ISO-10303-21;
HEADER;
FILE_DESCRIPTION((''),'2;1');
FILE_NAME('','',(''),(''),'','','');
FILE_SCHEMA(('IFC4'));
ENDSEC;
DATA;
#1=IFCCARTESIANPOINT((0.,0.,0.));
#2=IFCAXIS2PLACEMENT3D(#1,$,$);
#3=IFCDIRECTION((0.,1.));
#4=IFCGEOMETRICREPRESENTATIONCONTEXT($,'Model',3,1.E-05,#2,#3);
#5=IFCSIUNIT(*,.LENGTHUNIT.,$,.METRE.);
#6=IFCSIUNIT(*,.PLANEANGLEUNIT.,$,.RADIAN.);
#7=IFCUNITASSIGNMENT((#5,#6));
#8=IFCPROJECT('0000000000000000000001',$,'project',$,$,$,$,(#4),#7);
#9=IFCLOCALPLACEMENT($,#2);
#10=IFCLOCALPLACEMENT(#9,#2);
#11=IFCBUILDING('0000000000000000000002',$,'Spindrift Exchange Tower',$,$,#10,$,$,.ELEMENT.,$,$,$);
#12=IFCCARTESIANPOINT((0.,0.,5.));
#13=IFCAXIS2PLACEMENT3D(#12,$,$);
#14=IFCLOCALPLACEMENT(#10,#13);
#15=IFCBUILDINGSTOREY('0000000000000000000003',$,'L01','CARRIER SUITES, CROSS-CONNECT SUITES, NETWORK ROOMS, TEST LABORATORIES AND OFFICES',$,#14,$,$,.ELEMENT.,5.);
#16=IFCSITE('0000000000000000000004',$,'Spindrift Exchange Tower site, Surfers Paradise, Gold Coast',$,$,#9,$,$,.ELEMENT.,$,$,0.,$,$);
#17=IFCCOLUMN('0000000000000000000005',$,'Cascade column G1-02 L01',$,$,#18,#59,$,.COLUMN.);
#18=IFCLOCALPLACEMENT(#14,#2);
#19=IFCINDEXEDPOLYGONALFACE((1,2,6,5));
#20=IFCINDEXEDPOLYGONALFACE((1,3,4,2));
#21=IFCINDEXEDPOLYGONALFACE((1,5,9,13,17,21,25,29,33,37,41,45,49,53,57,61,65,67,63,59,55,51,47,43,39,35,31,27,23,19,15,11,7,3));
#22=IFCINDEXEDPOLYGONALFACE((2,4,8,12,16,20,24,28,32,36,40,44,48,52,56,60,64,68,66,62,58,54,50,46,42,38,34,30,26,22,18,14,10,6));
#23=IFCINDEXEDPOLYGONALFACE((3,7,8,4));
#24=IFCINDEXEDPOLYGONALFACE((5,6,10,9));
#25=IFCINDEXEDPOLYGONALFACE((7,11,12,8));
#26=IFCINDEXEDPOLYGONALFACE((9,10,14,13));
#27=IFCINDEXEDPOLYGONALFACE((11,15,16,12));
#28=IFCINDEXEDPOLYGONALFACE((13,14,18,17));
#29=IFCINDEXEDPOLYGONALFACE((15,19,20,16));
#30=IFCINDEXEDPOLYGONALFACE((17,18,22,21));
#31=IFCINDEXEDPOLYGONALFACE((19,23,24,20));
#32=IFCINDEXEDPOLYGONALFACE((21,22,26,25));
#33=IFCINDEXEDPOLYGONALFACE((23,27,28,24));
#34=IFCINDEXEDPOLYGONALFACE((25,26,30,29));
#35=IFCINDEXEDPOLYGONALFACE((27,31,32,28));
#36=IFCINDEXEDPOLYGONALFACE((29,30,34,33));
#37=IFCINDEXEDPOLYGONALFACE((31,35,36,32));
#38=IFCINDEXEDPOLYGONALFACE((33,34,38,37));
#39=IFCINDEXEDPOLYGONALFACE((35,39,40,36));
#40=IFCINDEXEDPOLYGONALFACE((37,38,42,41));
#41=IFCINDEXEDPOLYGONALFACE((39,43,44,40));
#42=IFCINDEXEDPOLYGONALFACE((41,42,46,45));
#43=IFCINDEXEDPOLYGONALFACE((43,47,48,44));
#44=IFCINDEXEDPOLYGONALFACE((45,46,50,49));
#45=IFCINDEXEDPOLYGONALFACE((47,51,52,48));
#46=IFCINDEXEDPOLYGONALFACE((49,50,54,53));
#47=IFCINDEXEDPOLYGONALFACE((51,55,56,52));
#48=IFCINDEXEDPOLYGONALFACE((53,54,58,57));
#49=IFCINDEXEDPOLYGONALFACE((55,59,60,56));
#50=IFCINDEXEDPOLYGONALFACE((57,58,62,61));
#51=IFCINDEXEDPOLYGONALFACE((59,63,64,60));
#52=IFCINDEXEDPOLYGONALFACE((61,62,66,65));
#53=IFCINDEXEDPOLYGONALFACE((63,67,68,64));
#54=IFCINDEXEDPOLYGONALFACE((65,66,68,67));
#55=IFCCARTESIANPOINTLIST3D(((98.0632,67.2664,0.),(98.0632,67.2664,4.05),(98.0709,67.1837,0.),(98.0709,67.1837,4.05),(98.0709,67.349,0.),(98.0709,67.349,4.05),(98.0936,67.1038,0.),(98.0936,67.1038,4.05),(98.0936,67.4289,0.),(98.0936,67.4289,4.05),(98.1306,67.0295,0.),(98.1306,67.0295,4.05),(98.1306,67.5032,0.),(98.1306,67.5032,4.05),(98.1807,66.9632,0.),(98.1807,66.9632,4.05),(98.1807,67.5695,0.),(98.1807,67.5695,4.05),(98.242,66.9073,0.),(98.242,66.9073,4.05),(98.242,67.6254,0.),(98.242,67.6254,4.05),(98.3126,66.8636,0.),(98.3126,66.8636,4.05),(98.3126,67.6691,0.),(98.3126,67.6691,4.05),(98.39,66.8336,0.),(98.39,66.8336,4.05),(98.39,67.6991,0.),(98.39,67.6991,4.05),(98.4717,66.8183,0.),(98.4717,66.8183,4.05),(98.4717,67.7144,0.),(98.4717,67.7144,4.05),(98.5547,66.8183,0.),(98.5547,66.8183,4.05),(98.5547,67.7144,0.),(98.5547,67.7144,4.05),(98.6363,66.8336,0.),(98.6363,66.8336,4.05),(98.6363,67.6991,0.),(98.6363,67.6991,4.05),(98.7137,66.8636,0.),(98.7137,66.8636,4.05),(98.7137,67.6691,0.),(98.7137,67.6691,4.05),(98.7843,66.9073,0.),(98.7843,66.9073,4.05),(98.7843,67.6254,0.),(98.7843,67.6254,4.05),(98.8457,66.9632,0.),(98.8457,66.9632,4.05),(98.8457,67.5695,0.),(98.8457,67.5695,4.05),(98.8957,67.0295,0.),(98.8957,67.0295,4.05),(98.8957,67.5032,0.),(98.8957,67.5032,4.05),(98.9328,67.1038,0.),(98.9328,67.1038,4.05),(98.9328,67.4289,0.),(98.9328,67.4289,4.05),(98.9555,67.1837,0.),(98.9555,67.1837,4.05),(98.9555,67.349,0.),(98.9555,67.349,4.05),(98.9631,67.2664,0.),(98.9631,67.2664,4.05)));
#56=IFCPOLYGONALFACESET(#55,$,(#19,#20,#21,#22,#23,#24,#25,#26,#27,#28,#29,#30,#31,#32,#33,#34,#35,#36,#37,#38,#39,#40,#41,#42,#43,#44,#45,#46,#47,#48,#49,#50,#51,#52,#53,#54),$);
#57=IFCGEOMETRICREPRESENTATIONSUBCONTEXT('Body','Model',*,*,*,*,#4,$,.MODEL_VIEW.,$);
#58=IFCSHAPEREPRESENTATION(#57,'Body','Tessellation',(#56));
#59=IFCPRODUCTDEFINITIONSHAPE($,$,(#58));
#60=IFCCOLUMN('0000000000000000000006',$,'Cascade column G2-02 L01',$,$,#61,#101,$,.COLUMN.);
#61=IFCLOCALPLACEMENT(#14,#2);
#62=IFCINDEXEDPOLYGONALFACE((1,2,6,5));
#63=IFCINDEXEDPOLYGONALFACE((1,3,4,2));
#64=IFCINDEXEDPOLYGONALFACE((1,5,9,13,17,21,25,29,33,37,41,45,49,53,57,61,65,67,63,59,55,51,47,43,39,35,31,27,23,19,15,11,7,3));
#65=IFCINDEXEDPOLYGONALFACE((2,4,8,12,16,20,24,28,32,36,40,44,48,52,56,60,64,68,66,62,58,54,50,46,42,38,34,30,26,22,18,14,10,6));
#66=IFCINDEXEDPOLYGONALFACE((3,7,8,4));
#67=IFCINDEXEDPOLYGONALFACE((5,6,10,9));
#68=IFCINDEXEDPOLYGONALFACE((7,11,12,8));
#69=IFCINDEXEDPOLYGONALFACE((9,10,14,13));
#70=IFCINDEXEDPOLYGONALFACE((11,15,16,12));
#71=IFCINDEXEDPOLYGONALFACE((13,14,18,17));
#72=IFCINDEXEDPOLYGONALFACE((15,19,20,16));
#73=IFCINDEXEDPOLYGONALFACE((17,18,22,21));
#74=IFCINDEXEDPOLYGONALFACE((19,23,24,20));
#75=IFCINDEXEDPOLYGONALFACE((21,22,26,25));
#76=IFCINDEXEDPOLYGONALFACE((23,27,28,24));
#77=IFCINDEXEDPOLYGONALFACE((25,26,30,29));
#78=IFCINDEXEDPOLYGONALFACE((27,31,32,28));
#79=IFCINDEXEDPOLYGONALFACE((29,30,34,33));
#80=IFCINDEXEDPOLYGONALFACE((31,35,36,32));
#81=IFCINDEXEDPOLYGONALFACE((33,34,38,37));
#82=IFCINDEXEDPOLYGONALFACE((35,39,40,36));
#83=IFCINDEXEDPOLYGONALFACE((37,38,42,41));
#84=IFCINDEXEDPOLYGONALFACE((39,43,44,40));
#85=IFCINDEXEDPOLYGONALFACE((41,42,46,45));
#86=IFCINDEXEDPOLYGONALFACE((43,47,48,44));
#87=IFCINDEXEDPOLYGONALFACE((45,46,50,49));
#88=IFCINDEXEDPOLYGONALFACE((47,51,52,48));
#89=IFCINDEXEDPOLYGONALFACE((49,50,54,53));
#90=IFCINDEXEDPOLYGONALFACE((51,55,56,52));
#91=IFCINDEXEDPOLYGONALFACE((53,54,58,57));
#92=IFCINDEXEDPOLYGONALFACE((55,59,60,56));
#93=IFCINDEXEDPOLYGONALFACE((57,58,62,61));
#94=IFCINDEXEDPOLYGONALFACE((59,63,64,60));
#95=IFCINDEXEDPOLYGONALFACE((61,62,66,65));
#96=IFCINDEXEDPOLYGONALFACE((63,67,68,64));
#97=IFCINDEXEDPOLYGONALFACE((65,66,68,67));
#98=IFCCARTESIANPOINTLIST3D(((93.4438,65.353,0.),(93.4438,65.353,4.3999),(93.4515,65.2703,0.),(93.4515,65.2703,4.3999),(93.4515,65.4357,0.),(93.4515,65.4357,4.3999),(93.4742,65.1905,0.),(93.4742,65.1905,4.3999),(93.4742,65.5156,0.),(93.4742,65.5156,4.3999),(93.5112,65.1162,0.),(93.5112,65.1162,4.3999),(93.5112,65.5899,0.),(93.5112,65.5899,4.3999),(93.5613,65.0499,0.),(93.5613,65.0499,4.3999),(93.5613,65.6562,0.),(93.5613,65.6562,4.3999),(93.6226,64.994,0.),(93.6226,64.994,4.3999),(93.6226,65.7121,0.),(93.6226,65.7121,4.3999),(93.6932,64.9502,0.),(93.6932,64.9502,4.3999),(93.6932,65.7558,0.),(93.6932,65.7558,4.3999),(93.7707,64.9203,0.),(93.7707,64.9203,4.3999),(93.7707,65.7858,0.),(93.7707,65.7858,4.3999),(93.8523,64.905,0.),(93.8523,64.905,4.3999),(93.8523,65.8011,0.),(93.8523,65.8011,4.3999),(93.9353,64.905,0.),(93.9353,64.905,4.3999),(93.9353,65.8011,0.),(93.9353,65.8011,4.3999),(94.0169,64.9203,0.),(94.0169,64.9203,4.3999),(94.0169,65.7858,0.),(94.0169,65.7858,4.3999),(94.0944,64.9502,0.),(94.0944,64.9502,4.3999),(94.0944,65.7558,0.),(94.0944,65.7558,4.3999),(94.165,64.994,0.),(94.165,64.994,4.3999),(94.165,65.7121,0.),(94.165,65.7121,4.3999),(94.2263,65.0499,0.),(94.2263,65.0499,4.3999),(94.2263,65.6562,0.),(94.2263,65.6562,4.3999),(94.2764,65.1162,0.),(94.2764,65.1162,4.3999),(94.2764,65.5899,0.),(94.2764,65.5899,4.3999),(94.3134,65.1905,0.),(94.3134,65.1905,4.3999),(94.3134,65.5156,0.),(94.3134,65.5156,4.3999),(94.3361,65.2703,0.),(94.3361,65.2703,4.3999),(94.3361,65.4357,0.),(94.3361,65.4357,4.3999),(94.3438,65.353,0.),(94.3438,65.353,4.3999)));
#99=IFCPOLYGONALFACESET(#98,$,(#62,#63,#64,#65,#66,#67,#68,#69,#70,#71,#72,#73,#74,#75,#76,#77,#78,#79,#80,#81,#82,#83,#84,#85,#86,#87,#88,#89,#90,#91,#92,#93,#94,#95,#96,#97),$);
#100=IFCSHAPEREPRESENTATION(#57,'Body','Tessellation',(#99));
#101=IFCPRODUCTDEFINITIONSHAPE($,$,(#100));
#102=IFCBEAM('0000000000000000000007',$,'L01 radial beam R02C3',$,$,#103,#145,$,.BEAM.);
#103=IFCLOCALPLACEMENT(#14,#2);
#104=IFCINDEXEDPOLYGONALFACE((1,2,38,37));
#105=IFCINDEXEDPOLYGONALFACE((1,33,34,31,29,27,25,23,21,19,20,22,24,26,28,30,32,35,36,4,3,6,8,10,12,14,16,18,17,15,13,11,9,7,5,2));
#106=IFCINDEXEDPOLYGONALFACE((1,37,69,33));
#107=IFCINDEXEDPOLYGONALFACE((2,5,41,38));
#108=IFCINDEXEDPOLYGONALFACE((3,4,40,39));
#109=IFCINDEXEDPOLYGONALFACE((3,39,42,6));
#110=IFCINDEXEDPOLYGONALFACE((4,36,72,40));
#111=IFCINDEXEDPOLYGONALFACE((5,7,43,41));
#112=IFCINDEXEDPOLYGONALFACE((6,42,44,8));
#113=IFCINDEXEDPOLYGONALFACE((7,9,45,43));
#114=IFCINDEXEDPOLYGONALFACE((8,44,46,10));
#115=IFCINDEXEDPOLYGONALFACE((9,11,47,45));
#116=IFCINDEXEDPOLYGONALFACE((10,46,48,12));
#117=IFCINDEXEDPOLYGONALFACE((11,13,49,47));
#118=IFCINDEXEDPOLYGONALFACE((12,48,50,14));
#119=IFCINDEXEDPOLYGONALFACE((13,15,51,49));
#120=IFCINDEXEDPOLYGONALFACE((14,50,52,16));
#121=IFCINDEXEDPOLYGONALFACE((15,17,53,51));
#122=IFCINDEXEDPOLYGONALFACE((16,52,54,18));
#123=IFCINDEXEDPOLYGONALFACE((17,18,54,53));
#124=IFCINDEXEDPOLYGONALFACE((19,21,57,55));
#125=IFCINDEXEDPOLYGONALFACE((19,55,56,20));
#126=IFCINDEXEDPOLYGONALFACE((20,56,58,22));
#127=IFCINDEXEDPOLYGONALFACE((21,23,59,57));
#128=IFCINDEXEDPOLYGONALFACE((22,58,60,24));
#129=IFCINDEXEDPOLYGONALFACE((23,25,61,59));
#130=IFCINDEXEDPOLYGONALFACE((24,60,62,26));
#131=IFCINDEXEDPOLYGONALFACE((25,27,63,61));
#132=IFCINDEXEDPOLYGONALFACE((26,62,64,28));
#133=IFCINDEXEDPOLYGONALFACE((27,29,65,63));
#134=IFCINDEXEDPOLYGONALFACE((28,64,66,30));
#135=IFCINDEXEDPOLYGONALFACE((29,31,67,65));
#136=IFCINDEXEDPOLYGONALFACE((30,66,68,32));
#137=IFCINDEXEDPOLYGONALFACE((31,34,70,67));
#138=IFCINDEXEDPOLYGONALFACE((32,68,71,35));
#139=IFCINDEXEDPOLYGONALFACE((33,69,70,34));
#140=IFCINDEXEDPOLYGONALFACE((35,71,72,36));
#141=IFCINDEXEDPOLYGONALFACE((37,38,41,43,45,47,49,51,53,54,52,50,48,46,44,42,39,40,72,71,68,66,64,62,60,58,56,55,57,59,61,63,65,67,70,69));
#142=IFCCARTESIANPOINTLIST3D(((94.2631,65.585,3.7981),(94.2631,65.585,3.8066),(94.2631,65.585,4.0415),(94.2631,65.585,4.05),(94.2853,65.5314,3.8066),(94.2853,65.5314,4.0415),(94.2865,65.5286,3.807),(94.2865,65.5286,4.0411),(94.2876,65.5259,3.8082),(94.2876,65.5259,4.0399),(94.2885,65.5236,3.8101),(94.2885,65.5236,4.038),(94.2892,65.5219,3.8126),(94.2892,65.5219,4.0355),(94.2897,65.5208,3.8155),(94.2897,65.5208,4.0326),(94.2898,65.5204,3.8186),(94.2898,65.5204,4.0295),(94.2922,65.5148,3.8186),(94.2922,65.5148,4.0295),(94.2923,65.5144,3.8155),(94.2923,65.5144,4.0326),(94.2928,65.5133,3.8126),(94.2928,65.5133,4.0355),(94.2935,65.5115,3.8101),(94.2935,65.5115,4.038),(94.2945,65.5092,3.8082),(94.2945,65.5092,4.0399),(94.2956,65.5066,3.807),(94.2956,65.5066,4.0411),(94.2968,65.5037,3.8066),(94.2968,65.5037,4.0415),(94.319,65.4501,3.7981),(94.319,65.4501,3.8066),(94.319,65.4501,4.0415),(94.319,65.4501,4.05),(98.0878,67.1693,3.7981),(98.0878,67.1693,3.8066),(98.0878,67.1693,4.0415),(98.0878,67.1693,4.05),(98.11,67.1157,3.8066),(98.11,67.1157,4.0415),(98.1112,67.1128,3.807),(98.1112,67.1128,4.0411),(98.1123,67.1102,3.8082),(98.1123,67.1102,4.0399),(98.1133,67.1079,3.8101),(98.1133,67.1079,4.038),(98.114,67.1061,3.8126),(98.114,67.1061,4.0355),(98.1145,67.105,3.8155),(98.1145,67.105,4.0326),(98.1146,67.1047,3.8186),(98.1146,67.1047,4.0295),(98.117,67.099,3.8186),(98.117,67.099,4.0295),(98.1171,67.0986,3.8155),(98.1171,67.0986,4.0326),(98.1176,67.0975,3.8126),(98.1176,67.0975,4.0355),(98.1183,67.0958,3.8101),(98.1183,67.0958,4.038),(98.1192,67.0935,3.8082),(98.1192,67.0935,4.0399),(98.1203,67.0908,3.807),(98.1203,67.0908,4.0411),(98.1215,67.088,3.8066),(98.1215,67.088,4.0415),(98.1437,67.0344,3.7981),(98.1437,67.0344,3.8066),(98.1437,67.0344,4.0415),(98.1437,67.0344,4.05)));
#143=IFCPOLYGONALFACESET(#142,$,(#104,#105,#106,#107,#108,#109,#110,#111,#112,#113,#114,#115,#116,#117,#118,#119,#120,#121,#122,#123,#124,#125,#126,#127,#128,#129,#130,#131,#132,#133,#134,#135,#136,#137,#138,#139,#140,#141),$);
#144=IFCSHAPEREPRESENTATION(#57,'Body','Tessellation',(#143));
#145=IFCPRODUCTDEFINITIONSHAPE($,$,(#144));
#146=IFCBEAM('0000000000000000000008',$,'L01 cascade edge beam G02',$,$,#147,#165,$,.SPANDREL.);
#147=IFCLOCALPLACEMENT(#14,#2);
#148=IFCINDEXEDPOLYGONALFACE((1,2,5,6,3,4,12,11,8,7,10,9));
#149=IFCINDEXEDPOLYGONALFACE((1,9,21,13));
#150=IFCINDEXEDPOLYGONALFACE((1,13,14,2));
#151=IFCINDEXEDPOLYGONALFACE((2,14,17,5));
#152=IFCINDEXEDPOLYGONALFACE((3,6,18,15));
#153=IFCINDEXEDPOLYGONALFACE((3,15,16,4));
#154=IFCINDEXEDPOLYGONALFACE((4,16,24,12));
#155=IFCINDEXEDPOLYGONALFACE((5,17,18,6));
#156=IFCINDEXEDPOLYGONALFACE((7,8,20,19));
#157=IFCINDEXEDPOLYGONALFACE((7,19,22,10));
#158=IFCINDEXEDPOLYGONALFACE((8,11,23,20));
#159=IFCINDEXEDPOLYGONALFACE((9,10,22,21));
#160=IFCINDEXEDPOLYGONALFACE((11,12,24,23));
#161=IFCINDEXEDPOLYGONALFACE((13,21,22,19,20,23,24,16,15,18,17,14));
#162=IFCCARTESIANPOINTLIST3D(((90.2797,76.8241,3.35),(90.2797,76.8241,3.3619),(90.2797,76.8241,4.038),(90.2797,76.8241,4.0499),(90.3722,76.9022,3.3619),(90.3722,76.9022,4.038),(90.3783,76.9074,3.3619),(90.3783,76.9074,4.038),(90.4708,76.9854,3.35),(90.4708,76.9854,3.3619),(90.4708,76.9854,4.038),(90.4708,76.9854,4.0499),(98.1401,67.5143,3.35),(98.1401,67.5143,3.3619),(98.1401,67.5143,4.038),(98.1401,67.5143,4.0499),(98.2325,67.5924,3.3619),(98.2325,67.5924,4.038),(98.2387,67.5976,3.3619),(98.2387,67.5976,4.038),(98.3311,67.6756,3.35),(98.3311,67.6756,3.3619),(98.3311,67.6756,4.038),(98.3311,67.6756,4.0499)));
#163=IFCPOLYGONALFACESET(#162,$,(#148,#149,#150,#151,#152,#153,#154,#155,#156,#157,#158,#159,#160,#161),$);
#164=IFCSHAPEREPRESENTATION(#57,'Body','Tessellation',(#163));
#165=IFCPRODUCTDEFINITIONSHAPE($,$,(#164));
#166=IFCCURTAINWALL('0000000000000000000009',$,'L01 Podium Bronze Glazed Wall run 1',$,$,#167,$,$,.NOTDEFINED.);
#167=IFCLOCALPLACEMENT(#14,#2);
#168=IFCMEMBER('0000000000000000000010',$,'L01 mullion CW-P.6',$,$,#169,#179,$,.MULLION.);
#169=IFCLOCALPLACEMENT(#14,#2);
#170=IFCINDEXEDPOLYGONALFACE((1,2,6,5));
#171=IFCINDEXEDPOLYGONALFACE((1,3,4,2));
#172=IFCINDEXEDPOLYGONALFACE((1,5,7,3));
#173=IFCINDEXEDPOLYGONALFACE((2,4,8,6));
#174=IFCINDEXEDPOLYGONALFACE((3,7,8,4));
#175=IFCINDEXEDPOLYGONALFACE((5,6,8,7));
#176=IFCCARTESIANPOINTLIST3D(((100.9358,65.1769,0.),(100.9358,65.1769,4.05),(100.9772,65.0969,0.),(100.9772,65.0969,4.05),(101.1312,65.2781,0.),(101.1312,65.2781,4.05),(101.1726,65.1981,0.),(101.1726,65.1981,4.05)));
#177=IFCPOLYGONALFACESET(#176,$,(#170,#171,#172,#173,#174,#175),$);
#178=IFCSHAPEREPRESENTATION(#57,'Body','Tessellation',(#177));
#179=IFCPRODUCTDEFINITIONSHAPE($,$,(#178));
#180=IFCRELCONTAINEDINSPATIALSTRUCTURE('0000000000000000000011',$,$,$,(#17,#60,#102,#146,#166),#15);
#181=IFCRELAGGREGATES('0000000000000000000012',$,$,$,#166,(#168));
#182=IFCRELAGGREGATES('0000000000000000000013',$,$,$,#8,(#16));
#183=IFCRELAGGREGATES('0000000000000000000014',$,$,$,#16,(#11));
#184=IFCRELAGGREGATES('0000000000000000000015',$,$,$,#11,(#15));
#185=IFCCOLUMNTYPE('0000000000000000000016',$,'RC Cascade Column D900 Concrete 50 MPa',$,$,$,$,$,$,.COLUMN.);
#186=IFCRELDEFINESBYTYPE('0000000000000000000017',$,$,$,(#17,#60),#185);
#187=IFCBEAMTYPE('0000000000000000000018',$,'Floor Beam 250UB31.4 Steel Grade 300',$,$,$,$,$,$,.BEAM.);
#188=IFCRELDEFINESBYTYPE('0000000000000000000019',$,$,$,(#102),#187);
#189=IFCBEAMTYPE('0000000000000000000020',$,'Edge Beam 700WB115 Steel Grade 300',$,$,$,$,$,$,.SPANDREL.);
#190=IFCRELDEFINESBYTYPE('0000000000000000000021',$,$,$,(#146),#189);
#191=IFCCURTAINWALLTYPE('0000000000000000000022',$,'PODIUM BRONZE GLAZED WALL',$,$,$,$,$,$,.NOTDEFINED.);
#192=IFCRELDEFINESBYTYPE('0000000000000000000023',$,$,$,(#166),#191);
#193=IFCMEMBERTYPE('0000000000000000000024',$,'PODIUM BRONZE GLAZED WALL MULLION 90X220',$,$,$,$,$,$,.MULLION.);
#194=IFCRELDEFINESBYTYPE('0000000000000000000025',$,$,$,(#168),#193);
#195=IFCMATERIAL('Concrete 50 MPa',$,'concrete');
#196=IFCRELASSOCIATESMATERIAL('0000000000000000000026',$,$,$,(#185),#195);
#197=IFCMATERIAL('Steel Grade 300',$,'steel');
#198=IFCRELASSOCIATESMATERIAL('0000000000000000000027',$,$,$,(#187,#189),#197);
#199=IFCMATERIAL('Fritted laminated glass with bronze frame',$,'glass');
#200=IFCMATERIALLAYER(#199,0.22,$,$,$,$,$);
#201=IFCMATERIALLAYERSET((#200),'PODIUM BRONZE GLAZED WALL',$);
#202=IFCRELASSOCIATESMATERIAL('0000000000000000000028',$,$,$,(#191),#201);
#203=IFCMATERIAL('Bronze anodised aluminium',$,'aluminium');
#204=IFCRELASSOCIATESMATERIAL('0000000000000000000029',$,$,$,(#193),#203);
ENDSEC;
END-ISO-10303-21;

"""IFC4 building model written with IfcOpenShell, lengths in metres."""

from ifc_helpers import new_model, si_unit, direction, frame, origin, origin_2d, place, context, subcontext, project, spatial, rectangle, circle, i_section, extrude, source, transform, mapped, material, layer, layer_set, material_profile, profile_set, type_object, element, aggregate, save


model = new_model("IFC4")

# Units and contexts
model_context = context("Model", 3, precision=1e-05, world=origin(), true_north=direction((0.0, 1.0)))
body_context = subcontext(model_context, "Body", "Model", "MODEL_VIEW")
ifc_project = project(units=[si_unit("LENGTHUNIT", "METRE"), si_unit("PLANEANGLEUNIT", "RADIAN")], contexts=[model_context])

# Site, building, storey
site_placement = place(None, origin())
site = spatial("IfcSite", under=ifc_project, at=site_placement, Name="Spindrift Exchange Tower site, Surfers Paradise, Gold Coast", CompositionType="ELEMENT", RefElevation=0.0)
building_placement = place(site_placement, origin())
building = spatial("IfcBuilding", under=site, at=building_placement, Name="Spindrift Exchange Tower", CompositionType="ELEMENT")
storey_placement = place(building_placement, frame((0.0, 0.0, 5.0)))
storey = spatial("IfcBuildingStorey", under=building, at=storey_placement, Name="L01", Description="CARRIER SUITES, CROSS-CONNECT SUITES, NETWORK ROOMS, TEST LABORATORIES AND OFFICES", CompositionType="ELEMENT", Elevation=5.0)

# Columns
ifc_material_1 = material(Name="Concrete 50 MPa", Category="concrete")
ifc_material_profile_1 = material_profile(ifc_material_1, circle(Radius=0.45, at=origin_2d()), Name="RC D900")
ifc_profile_set_1 = profile_set([ifc_material_profile_1], Name="Concrete 50 MPa")
column_type = type_object("IfcColumnType", Name="RC Cascade Column D900 Concrete 50 MPa", PredefinedType="COLUMN", material=ifc_profile_set_1)
shared_shape_1 = source(origin(), body_context, "Body", "SweptSolid", [
    extrude(circle(Radius=0.45, at=origin_2d()), origin(), (0.0, 0.0, 1.0), 4.05),
])
column_1_placement = place(storey_placement, frame((98.5132, 67.2664, 0.0), z_axis=(0.0, 0.0, 1.0), x_axis=(1.0, 0.0, 0.0)))
element("IfcColumn", 1, at=column_1_placement, inside=storey, type_object=column_type, Name="Cascade column G1-02 L01", PredefinedType="COLUMN", context=body_context, shape_type="MappedRepresentation", body=[
    mapped(shared_shape_1, transform((0.0, 0.0, 0.0), scale=1.0)),
])
shared_shape_2 = source(origin(), body_context, "Body", "SweptSolid", [
    extrude(circle(Radius=0.45, at=origin_2d()), origin(), (0.0, 0.0, 1.0), 4.3999),
])
column_2_placement = place(storey_placement, frame((93.8938, 65.353, 0.0), z_axis=(0.0, 0.0, 1.0), x_axis=(1.0, 0.0, 0.0)))
element("IfcColumn", 2, at=column_2_placement, inside=storey, type_object=column_type, Name="Cascade column G2-02 L01", PredefinedType="COLUMN", context=body_context, shape_type="MappedRepresentation", body=[
    mapped(shared_shape_2, transform((0.0, 0.0, 0.0), scale=1.0)),
])

# Beams
ifc_material_2 = material(Name="Steel Grade 300", Category="steel")
ifc_material_profile_2 = material_profile(ifc_material_2, i_section(OverallWidth=0.146, OverallDepth=0.252, WebThickness=0.0061, FlangeThickness=0.0085, FilletRadius=0.012, at=origin_2d()), Name="250UB31.4")
ifc_profile_set_2 = profile_set([ifc_material_profile_2], Name="Steel Grade 300")
beam_type_1 = type_object("IfcBeamType", Name="Floor Beam 250UB31.4 Steel Grade 300", PredefinedType="BEAM", material=ifc_profile_set_2)
shared_shape_3 = source(origin(), body_context, "Body", "SweptSolid", [
    extrude(i_section(OverallWidth=0.146, OverallDepth=0.252, WebThickness=0.0061, FlangeThickness=0.0085, FilletRadius=0.012, at=origin_2d()), origin(), (0.0, 0.0, 1.0), 4.1399),
])
beam_1_placement = place(storey_placement, frame((94.291, 65.5176, 3.9241), z_axis=(0.923881, 0.38268, 0.0), x_axis=(-0.38268, 0.923881, 0.0)))
element("IfcBeam", 3, at=beam_1_placement, inside=storey, type_object=beam_type_1, Name="L01 radial beam R02C3", PredefinedType="BEAM", context=body_context, shape_type="MappedRepresentation", body=[
    mapped(shared_shape_3, transform((0.0, 0.0, 0.0), scale=1.0)),
])
ifc_material_profile_3 = material_profile(ifc_material_2, i_section(OverallWidth=0.25, OverallDepth=0.7, WebThickness=0.0081, FlangeThickness=0.012, at=origin_2d()), Name="700WB115")
ifc_profile_set_3 = profile_set([ifc_material_profile_3], Name="Steel Grade 300")
beam_type_2 = type_object("IfcBeamType", Name="Edge Beam 700WB115 Steel Grade 300", PredefinedType="SPANDREL", material=ifc_profile_set_3)
shared_shape_4 = source(origin(), body_context, "Body", "SweptSolid", [
    extrude(i_section(OverallWidth=0.25, OverallDepth=0.7, WebThickness=0.0081, FlangeThickness=0.012, at=origin_2d()), origin(), (0.0, 0.0, 1.0), 12.1843),
])
beam_2_placement = place(storey_placement, frame((98.2356, 67.595, 3.7), z_axis=(-0.64512, 0.764081, 0.0), x_axis=(-0.764081, -0.64512, 0.0)))
element("IfcBeam", 4, at=beam_2_placement, inside=storey, type_object=beam_type_2, Name="L01 cascade edge beam G02", PredefinedType="SPANDREL", context=body_context, shape_type="MappedRepresentation", body=[
    mapped(shared_shape_4, transform((0.0, 0.0, 0.0), scale=1.0)),
])

# Curtain wall, member
ifc_material_3 = material(Name="Fritted laminated glass with bronze frame", Category="glass")
ifc_layer_1 = layer(ifc_material_3, 0.22)
ifc_layer_set_1 = layer_set([ifc_layer_1], Name="PODIUM BRONZE GLAZED WALL")
curtain_wall_type = type_object("IfcCurtainWallType", Name="PODIUM BRONZE GLAZED WALL", PredefinedType="NOTDEFINED", material=ifc_layer_set_1)
curtain_wall_1_placement = place(storey_placement, origin())
curtain_wall_1 = element("IfcCurtainWall", 5, at=curtain_wall_1_placement, inside=storey, type_object=curtain_wall_type, Name="L01 Podium Bronze Glazed Wall run 1", PredefinedType="NOTDEFINED")
ifc_material_4 = material(Name="Bronze anodised aluminium", Category="aluminium")
ifc_material_profile_4 = material_profile(ifc_material_4, rectangle(XDim=0.0901, YDim=0.22, at=origin_2d()), Name="PODIUM BRONZE GLAZED WALL MULLION 90X220")
ifc_profile_set_4 = profile_set([ifc_material_profile_4], Name="Bronze anodised aluminium")
member_type_1 = type_object("IfcMemberType", Name="PODIUM BRONZE GLAZED WALL MULLION 90X220", PredefinedType="MULLION", material=ifc_profile_set_4)
shared_shape_5 = source(origin(), body_context, "Body", "SweptSolid", [
    extrude(rectangle(XDim=0.0901, YDim=0.22, at=origin_2d()), origin(), (0.0, 0.0, 1.0), 4.05),
])
member_1_placement = place(storey_placement, frame((101.0542, 65.1875, 0.0), z_axis=(0.0, 0.0, 1.0), x_axis=(-0.45973, 0.888059, 0.0)))
member_1 = element("IfcMember", 6, at=member_1_placement, type_object=member_type_1, Name="L01 mullion CW-P.6", PredefinedType="MULLION", context=body_context, shape_type="MappedRepresentation", body=[
    mapped(shared_shape_5, transform((0.0, 0.0, 0.0), scale=1.0)),
])

aggregate(curtain_wall_1, [member_1])

save(model, "model.ifc")
